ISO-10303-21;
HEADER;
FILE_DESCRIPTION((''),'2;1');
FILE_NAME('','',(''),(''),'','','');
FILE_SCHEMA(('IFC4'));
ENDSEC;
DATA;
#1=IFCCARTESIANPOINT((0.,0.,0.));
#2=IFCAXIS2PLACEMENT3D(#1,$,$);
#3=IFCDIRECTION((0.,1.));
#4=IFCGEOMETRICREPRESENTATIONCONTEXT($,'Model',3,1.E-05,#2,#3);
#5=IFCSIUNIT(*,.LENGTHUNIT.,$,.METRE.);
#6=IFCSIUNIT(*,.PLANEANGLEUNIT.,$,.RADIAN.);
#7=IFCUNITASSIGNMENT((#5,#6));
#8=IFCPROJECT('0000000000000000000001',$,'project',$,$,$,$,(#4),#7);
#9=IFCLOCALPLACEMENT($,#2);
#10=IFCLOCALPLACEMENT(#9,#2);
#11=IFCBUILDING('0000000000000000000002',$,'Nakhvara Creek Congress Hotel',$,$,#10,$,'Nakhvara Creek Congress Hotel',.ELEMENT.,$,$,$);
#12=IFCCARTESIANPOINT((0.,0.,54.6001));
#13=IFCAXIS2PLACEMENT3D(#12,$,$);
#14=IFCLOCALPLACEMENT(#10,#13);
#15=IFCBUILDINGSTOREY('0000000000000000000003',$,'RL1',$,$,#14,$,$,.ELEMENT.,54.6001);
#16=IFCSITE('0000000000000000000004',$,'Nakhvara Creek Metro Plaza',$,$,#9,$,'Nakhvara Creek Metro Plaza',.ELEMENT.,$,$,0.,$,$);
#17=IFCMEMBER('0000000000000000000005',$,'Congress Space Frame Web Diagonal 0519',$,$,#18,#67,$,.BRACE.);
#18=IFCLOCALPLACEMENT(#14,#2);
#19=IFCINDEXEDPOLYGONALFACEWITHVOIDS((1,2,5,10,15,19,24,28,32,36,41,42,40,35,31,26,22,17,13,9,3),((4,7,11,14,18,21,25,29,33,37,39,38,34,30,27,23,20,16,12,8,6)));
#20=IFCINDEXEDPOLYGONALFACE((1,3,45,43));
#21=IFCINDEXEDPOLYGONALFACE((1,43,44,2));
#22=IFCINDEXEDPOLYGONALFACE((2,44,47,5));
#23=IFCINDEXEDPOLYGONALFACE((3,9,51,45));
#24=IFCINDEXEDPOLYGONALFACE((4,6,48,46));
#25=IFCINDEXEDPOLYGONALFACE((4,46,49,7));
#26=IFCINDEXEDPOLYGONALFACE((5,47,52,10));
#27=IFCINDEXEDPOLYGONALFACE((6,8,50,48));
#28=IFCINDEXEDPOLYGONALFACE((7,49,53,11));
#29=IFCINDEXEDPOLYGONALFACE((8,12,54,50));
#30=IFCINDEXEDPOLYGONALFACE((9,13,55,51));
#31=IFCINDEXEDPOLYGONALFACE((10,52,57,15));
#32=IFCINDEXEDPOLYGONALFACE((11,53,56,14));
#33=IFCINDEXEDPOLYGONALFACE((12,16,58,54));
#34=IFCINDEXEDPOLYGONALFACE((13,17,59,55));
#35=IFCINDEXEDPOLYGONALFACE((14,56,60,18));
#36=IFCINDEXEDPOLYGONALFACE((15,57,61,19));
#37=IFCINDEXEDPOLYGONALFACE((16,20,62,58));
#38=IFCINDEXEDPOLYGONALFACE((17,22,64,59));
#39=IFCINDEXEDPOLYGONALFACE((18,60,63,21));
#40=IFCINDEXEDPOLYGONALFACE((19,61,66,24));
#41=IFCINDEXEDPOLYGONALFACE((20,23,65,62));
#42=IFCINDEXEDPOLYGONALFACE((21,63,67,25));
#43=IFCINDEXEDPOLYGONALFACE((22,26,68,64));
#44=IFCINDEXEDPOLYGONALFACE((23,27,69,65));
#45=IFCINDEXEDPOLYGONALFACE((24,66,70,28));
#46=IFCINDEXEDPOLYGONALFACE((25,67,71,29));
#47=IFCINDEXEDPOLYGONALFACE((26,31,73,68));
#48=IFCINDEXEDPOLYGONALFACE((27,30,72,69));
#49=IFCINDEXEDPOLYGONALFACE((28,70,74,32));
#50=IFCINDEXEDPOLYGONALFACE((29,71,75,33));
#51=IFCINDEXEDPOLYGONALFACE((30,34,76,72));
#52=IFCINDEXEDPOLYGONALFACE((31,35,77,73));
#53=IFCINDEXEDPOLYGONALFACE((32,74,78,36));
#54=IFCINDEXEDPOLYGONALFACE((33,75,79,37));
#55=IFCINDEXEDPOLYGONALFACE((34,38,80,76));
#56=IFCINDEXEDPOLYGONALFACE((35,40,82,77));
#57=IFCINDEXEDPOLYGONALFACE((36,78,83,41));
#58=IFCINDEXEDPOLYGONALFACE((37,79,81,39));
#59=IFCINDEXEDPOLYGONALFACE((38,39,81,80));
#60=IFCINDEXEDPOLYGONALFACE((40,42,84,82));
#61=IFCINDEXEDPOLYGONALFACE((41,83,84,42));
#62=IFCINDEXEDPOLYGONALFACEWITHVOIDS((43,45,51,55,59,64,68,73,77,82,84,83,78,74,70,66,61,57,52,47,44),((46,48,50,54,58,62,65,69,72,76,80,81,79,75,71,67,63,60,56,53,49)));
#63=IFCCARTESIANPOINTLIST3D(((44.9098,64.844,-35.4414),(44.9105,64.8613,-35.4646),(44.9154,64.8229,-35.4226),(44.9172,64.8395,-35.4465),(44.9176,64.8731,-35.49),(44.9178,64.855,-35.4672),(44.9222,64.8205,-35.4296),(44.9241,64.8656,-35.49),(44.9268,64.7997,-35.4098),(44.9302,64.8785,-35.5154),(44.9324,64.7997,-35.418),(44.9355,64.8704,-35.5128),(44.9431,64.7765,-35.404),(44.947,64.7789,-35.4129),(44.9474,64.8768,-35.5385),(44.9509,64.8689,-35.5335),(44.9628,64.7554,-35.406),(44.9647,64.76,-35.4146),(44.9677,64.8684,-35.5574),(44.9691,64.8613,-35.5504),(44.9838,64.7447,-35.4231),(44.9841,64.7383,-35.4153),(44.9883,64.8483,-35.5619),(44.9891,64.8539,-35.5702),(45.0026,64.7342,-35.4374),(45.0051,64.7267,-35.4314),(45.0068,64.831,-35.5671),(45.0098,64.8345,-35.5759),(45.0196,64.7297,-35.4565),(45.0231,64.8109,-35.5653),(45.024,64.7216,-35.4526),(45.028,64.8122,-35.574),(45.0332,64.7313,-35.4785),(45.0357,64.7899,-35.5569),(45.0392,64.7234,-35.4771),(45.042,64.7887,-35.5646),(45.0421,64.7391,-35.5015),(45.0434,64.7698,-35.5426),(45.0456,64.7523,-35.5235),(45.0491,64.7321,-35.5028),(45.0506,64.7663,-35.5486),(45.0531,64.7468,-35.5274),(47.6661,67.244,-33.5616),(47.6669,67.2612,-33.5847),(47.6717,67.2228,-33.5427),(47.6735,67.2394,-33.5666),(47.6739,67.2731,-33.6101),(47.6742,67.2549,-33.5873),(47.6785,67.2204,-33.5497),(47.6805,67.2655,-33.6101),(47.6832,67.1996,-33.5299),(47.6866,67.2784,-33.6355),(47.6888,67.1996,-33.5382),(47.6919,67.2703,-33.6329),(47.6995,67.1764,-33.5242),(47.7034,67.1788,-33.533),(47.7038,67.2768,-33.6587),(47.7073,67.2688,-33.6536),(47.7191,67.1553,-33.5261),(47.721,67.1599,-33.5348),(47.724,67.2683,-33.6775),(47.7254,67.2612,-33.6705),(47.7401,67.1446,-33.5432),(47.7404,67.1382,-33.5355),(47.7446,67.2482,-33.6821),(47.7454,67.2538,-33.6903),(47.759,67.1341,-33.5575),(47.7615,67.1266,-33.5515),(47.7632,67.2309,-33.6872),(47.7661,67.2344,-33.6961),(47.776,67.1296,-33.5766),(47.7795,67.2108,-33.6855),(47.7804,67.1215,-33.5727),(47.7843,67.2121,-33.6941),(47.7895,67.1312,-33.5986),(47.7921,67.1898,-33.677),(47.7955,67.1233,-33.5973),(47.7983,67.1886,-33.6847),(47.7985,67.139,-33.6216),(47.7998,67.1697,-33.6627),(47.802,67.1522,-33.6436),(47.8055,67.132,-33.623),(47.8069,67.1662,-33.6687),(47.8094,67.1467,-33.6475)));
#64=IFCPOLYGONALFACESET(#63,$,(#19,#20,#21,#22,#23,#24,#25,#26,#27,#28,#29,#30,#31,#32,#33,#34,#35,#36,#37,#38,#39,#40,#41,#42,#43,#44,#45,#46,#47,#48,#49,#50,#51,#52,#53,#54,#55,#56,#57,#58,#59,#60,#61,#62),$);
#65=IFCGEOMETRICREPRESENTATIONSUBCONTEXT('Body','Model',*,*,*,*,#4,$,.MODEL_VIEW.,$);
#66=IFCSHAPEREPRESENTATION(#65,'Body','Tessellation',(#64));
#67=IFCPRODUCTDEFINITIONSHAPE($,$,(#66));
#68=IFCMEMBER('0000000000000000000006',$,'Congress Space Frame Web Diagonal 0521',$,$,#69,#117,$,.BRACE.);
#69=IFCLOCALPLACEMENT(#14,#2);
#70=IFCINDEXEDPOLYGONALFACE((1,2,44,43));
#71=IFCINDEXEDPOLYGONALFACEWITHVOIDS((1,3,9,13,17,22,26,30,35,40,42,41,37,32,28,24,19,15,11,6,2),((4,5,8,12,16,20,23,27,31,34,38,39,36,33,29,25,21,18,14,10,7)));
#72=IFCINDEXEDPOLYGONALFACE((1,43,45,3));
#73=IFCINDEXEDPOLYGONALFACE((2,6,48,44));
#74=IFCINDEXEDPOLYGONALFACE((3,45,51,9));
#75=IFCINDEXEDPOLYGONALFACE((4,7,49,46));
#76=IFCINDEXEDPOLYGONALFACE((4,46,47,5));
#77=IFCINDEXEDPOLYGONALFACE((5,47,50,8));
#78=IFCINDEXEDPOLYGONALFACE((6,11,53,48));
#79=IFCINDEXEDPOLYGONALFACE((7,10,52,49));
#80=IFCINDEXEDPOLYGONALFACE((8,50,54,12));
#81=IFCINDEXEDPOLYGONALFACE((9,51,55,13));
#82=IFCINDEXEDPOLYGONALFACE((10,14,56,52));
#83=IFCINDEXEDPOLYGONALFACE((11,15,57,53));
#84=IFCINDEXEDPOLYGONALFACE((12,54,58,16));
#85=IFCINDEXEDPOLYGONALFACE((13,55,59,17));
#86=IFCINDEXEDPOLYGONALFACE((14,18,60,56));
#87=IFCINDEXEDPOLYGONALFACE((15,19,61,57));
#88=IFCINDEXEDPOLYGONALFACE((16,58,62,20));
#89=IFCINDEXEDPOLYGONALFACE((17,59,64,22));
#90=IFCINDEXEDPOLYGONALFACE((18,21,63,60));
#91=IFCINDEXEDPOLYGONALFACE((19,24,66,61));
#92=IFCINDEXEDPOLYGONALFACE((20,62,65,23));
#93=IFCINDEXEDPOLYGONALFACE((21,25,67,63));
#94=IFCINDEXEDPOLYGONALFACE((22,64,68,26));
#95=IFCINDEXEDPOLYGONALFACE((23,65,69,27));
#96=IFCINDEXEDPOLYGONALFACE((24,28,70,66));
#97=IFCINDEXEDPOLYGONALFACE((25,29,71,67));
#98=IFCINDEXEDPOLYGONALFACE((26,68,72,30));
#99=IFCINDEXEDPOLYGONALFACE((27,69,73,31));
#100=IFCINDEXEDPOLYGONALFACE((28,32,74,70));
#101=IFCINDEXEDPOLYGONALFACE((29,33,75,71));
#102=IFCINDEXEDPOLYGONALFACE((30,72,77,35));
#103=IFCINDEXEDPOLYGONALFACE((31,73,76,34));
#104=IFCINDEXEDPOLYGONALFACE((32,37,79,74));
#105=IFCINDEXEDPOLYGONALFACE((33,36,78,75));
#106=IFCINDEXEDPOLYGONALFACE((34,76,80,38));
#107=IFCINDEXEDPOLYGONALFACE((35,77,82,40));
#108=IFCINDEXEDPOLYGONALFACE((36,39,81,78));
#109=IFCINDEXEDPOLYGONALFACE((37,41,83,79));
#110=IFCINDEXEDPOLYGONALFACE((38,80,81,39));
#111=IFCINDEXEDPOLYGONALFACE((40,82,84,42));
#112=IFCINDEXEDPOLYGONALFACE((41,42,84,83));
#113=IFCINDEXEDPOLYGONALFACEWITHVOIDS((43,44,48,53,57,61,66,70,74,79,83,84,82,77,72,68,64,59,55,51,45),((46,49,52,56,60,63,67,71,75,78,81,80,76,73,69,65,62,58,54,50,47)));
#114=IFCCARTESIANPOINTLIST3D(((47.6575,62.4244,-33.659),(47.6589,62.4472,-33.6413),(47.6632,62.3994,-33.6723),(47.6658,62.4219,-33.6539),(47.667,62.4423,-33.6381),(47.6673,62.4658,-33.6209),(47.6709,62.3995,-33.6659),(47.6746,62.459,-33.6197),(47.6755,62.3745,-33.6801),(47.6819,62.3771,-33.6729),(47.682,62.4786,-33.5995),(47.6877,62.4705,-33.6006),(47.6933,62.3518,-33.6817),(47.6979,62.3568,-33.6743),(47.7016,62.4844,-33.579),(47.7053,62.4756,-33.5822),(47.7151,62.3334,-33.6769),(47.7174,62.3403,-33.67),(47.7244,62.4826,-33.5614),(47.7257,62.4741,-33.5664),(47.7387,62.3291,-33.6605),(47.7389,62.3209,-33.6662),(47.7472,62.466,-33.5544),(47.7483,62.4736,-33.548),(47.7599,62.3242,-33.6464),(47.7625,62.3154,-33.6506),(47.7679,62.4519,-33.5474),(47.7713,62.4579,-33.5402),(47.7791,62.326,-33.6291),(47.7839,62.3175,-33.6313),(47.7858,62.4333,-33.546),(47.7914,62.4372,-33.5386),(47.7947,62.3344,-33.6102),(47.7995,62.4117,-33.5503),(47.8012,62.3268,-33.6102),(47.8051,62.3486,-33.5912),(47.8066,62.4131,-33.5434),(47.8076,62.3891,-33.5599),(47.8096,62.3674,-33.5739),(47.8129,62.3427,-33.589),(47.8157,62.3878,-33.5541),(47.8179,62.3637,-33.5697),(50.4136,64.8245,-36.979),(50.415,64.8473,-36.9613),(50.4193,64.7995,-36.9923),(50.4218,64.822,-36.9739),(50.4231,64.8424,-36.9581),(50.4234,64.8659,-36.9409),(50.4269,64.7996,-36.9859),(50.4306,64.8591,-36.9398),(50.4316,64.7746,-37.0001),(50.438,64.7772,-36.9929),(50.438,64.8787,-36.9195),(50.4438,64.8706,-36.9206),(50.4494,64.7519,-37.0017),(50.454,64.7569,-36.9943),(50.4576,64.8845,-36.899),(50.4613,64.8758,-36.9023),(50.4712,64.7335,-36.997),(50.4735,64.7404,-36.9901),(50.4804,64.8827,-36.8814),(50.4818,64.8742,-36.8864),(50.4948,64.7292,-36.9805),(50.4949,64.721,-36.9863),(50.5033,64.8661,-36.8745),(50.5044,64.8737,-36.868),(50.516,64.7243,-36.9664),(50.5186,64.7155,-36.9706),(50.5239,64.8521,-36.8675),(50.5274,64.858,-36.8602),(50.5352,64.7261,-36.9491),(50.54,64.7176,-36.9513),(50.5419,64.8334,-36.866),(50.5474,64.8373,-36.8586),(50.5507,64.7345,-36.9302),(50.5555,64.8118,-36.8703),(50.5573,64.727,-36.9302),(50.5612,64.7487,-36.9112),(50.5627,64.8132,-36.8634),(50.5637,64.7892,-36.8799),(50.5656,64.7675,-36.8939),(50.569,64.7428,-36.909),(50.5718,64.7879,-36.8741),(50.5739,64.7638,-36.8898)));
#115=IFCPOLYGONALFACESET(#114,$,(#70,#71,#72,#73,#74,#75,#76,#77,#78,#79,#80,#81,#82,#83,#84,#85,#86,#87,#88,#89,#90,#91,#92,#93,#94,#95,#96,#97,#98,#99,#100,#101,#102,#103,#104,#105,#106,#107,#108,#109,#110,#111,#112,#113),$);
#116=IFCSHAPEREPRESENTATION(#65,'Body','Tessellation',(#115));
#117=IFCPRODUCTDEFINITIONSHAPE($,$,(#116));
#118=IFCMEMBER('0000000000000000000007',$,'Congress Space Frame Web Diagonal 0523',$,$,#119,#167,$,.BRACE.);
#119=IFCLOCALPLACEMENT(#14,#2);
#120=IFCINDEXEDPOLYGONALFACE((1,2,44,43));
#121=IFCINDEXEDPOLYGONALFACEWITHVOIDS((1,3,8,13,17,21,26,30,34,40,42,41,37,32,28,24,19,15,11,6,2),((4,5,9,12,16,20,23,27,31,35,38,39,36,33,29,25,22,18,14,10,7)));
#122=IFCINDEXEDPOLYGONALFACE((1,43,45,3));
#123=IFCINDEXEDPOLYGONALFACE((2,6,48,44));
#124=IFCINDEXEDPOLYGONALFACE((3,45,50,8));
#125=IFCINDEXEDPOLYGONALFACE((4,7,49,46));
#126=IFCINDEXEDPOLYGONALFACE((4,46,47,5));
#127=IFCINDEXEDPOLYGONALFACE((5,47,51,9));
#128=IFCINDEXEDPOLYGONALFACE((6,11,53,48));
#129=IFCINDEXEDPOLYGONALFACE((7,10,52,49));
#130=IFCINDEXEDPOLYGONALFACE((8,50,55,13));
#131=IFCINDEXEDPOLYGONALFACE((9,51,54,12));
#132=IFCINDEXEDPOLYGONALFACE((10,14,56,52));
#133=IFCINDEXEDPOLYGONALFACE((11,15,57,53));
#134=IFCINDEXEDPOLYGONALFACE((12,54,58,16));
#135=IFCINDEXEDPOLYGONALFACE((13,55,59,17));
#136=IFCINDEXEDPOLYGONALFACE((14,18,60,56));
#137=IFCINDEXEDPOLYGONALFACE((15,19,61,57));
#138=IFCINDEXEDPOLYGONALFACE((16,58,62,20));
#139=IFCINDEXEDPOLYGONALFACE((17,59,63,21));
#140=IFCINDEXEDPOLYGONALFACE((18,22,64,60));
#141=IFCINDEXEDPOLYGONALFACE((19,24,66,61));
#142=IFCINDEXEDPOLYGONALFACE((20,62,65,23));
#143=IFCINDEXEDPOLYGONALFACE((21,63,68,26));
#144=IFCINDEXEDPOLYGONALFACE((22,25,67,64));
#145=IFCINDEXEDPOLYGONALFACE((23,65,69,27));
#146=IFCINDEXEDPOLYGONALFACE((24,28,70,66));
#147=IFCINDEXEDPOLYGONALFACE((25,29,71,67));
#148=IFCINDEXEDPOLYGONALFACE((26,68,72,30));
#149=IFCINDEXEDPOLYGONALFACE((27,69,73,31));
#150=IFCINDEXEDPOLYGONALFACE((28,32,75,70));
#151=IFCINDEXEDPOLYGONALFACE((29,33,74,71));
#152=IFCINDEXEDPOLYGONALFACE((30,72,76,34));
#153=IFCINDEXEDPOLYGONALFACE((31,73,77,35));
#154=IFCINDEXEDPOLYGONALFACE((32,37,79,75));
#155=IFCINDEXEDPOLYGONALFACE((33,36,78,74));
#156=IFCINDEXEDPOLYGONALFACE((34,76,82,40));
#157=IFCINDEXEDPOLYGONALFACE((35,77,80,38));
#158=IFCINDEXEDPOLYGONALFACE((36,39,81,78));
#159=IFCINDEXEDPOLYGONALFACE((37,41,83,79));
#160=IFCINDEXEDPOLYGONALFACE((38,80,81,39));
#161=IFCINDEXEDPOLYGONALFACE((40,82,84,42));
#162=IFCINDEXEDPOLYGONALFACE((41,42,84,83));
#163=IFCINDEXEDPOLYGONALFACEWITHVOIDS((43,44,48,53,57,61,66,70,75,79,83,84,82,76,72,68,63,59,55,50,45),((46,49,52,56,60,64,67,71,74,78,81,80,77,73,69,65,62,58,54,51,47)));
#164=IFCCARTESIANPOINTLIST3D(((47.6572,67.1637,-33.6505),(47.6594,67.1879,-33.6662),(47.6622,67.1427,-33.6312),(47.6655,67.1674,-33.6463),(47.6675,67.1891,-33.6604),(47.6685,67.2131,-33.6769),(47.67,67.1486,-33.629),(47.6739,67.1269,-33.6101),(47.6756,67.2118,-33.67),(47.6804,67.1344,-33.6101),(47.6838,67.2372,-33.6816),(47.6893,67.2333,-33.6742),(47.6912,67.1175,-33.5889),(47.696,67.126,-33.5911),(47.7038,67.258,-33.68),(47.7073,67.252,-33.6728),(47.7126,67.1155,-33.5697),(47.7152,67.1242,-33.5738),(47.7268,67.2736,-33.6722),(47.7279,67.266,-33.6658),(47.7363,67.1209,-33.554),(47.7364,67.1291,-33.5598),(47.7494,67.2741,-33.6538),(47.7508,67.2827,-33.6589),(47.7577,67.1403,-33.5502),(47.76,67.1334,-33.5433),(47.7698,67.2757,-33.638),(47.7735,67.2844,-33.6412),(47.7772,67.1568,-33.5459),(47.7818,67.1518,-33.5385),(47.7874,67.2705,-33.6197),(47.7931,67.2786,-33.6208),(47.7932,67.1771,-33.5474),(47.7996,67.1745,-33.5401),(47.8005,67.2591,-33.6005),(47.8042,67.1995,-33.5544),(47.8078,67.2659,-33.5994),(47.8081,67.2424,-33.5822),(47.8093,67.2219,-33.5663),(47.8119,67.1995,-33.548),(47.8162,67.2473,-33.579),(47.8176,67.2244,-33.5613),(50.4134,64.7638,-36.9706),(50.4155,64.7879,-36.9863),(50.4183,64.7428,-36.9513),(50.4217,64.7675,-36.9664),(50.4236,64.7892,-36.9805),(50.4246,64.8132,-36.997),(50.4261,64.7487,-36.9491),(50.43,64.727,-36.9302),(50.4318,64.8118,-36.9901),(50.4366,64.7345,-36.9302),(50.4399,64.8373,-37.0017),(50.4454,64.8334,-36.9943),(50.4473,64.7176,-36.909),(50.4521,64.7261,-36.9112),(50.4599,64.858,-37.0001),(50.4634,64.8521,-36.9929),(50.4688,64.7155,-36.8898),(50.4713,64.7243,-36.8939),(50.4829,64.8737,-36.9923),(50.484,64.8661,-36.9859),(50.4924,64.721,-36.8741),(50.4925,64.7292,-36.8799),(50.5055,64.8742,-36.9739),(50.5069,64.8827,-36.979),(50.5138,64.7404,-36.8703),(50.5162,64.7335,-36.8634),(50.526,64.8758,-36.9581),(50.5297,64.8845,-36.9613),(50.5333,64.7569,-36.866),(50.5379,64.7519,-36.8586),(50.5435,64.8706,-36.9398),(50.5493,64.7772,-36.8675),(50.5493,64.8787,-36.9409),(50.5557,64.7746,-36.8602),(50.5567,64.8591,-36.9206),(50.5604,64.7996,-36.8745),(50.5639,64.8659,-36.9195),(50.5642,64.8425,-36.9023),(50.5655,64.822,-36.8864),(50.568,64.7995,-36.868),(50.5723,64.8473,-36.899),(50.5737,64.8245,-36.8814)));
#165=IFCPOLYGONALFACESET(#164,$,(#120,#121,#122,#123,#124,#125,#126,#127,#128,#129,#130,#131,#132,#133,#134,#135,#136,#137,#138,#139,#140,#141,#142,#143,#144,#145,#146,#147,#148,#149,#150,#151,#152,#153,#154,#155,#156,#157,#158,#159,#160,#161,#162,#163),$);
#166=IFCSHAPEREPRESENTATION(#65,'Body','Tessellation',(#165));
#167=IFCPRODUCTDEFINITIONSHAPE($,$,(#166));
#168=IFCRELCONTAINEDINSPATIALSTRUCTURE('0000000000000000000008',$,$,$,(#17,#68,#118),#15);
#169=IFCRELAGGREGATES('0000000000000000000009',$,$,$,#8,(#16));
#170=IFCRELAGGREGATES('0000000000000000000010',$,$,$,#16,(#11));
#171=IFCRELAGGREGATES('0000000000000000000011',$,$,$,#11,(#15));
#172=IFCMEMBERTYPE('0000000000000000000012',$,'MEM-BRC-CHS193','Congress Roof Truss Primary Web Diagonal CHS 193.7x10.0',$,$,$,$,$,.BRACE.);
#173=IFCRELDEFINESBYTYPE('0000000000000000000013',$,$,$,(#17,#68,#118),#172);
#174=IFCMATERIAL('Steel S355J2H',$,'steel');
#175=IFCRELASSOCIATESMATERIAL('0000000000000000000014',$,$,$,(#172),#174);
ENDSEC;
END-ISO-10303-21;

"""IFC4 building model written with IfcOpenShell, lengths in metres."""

from ifc_helpers import new_model, si_unit, direction, frame, origin, origin_2d, place, context, subcontext, project, spatial, hollow_circle, extrude, material, material_profile, profile_set, type_object, element, save


model = new_model("IFC4")

# Units and contexts
model_context = context("Model", 3, precision=1e-05, world=origin(), true_north=direction((0.0, 1.0)))
body_context = subcontext(model_context, "Body", "Model", "MODEL_VIEW")
ifc_project = project(units=[si_unit("LENGTHUNIT", "METRE"), si_unit("PLANEANGLEUNIT", "RADIAN")], contexts=[model_context])

# Site, building, storey
site_placement = place(None, origin())
site = spatial("IfcSite", under=ifc_project, at=site_placement, Name="Nakhvara Creek Metro Plaza", LongName="Nakhvara Creek Metro Plaza", CompositionType="ELEMENT", RefElevation=0.0)
building_placement = place(site_placement, origin())
building = spatial("IfcBuilding", under=site, at=building_placement, Name="Nakhvara Creek Congress Hotel", LongName="Nakhvara Creek Congress Hotel", CompositionType="ELEMENT")
storey_placement = place(building_placement, frame((0.0, 0.0, 54.6001)))
storey = spatial("IfcBuildingStorey", under=building, at=storey_placement, Name="RL1", CompositionType="ELEMENT", Elevation=54.6001)

# Members
ifc_material_1 = material(Name="Steel S355J2H", Category="steel")
ifc_material_profile_1 = material_profile(ifc_material_1, hollow_circle(Radius=0.0969, WallThickness=0.01, at=origin_2d()), Name="CHS 193.7x10.0", Category="LoadBearing")
ifc_profile_set_1 = profile_set([ifc_material_profile_1], Name="Steel S355J2H")
member_type_1 = type_object("IfcMemberType", Name="MEM-BRC-CHS193", Description="Congress Roof Truss Primary Web Diagonal CHS 193.7x10.0", PredefinedType="BRACE", material=ifc_profile_set_1)
member_1_placement = place(storey_placement, frame((44.9812, 64.8, -35.49), z_axis=(0.670667, 0.583938, 0.457408), x_axis=(-0.656658, 0.754188, 0.0)))
element("IfcMember", 1, at=member_1_placement, inside=storey, type_object=member_type_1, Name="Congress Space Frame Web Diagonal 0519", PredefinedType="BRACE", context=body_context, shape_type="SweptSolid", body=[
    extrude(hollow_circle(Radius=0.0969, WallThickness=0.01, at=origin_2d()), origin(), (0.0, 0.0, 1.0), 4.1099),
])
for number, where, z_axis, x_axis, name in (
    (2, (50.4937, 64.8, -36.9302), (-0.55819, -0.486098, 0.672408), (0.656729, -0.754126, 0.0), "Congress Space Frame Web Diagonal 0521"),
    (3, (50.4937, 64.8, -36.9302), (-0.558203, 0.48606, 0.672425), (-0.656691, -0.75416, 0.0), "Congress Space Frame Web Diagonal 0523"),
):
    element("IfcMember", number, at=place(storey_placement, frame(where, z_axis=z_axis, x_axis=x_axis)), inside=storey, type_object=member_type_1, Name=name, PredefinedType="BRACE", context=body_context, shape_type="SweptSolid", body=[
        extrude(hollow_circle(Radius=0.0969, WallThickness=0.01, at=origin_2d()), origin(), (0.0, 0.0, 1.0), 4.9375),
    ])

save(model, "model.ifc")
